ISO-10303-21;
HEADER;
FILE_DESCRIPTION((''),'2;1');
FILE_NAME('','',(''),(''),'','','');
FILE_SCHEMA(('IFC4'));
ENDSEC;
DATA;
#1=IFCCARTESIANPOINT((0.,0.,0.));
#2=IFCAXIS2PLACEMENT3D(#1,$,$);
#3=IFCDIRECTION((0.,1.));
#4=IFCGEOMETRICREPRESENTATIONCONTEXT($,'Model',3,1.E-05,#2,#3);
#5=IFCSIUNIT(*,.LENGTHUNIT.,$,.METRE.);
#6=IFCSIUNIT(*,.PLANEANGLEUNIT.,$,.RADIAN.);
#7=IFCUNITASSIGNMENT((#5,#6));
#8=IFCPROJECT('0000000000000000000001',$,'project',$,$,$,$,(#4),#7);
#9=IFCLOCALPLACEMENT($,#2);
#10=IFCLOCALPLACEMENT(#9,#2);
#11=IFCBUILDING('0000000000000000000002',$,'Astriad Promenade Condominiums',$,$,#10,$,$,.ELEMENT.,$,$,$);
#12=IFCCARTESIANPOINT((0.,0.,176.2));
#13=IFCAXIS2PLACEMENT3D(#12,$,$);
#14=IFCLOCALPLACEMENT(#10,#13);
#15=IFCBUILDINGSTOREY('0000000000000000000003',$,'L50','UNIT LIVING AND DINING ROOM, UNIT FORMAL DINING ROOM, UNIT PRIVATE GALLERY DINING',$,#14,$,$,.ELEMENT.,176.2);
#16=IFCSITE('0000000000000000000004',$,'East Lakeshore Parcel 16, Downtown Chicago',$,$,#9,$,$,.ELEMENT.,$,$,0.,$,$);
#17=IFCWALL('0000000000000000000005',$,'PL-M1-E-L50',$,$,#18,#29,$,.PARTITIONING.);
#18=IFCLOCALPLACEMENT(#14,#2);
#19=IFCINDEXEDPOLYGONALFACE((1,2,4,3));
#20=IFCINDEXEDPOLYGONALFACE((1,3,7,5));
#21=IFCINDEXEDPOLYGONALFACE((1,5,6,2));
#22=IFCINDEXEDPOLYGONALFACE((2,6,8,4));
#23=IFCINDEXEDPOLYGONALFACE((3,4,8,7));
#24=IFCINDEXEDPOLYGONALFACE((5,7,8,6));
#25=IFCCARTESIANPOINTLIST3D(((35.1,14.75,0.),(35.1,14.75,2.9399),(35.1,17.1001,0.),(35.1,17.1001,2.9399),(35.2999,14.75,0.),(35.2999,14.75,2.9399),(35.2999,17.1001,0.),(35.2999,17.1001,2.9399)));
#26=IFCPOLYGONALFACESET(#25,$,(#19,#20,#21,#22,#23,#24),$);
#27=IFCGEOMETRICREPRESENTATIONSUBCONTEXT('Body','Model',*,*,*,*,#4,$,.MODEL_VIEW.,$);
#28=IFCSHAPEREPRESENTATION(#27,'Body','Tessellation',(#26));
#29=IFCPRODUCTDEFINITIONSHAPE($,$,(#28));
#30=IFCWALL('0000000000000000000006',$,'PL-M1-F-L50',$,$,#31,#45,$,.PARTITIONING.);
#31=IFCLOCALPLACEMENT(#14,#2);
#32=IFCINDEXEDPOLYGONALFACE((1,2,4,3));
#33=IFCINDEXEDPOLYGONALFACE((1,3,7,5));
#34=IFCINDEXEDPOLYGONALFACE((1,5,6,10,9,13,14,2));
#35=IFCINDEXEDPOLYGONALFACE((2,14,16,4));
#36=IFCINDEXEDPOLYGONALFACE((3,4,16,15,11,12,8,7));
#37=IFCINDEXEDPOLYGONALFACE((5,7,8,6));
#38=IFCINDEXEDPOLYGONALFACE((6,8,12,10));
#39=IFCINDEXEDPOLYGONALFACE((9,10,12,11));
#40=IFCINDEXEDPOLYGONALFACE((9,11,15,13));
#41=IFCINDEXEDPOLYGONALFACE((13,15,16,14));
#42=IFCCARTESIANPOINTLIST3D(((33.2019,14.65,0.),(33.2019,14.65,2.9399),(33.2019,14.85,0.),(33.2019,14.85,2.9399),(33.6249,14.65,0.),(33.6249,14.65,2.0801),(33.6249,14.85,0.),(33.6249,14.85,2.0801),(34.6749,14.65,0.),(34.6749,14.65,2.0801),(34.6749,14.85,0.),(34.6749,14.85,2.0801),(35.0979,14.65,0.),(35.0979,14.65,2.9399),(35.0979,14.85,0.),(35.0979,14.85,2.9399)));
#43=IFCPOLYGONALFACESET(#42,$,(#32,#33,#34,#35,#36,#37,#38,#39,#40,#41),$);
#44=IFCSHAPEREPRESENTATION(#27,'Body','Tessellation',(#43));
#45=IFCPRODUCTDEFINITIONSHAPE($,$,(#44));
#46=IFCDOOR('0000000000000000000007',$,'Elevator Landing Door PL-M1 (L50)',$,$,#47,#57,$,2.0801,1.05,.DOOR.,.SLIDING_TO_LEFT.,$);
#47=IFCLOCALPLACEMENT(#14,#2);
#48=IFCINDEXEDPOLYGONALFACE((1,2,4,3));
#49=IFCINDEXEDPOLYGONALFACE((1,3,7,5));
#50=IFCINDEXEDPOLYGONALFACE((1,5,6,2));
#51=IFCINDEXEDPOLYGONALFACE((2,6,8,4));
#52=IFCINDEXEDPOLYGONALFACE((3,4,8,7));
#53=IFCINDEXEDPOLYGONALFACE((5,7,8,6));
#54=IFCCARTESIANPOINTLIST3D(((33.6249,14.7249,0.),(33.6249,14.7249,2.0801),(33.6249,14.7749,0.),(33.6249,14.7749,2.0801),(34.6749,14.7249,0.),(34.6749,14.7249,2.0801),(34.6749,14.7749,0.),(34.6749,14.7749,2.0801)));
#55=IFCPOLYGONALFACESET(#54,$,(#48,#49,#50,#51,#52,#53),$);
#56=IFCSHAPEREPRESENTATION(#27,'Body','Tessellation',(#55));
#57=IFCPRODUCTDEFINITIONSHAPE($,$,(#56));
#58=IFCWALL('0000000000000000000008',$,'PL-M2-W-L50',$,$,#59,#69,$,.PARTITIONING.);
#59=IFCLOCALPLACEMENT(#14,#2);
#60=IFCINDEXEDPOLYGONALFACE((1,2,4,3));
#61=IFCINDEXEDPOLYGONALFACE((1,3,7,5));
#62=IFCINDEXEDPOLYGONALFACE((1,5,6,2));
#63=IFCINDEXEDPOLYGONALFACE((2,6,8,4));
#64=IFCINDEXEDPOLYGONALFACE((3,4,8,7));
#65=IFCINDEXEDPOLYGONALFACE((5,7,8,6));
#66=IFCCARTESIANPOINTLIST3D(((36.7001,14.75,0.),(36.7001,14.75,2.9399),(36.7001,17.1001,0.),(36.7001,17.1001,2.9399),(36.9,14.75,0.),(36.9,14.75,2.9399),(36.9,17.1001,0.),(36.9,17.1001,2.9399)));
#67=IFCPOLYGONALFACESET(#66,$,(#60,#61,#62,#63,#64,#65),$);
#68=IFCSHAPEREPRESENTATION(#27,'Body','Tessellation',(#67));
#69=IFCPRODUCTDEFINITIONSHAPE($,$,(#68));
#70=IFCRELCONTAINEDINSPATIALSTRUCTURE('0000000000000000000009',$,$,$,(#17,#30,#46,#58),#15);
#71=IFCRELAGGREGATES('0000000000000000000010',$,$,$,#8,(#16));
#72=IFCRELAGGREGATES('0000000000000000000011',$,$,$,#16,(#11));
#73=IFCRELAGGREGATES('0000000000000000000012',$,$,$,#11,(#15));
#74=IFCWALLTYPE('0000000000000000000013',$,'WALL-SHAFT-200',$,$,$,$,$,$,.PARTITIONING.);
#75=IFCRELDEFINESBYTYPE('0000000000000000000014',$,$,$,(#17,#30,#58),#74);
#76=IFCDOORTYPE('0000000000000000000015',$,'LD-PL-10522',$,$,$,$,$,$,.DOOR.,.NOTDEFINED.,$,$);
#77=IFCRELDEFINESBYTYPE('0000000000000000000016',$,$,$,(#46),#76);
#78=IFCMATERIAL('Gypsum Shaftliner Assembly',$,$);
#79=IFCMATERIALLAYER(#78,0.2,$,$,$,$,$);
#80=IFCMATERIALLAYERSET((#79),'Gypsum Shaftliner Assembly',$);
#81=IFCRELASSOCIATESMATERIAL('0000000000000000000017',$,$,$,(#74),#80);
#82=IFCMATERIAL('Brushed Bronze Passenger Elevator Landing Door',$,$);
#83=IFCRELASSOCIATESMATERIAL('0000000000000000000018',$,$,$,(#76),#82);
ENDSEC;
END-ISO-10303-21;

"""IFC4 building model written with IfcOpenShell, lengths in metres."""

from ifc_helpers import new_model, si_unit, direction, frame, frame_2d, origin, place, context, subcontext, project, spatial, rectangle, extrude, source, transform, mapped, material, layer, layer_set, type_object, type_shapes, element, fill, save


model = new_model("IFC4")

# Units and contexts
model_context = context("Model", 3, precision=1e-05, world=origin(), true_north=direction((0.0, 1.0)))
body_context = subcontext(model_context, "Body", "Model", "MODEL_VIEW")
ifc_project = project(units=[si_unit("LENGTHUNIT", "METRE"), si_unit("PLANEANGLEUNIT", "RADIAN")], contexts=[model_context])

# Site, building, storey
site_placement = place(None, origin())
site = spatial("IfcSite", under=ifc_project, at=site_placement, Name="East Lakeshore Parcel 16, Downtown Chicago", CompositionType="ELEMENT", RefElevation=0.0)
building_placement = place(site_placement, origin())
building = spatial("IfcBuilding", under=site, at=building_placement, Name="Astriad Promenade Condominiums", CompositionType="ELEMENT")
storey_placement = place(building_placement, frame((0.0, 0.0, 176.2)))
storey = spatial("IfcBuildingStorey", under=building, at=storey_placement, Name="L50", Description="UNIT LIVING AND DINING ROOM, UNIT FORMAL DINING ROOM, UNIT PRIVATE GALLERY DINING", CompositionType="ELEMENT", Elevation=176.2)

# Wall
ifc_material_1 = material(Name="Gypsum Shaftliner Assembly")
ifc_layer_1 = layer(ifc_material_1, 0.2)
ifc_layer_set_1 = layer_set([ifc_layer_1], Name="Gypsum Shaftliner Assembly")
wall_type_1 = type_object("IfcWallType", Name="WALL-SHAFT-200", PredefinedType="PARTITIONING", material=ifc_layer_set_1)
for number, where, z_axis, x_axis, name in (
    (1, (35.2, 14.75, 0.0), (0.0, 0.0, 1.0), (0.0, 1.0, 0.0), "PL-M1-E-L50"),
):
    element("IfcWall", number, at=place(storey_placement, frame(where, z_axis=z_axis, x_axis=x_axis)), inside=storey, type_object=wall_type_1, Name=name, PredefinedType="PARTITIONING", context=body_context, shape_type="SweptSolid", body=[
        extrude(rectangle(XDim=2.3501, YDim=0.2, at=frame_2d((1.175, 0.0))), origin(), (0.0, 0.0, 1.0), 2.9399),
    ])

# Wall, opening, door
wall_1_placement = place(storey_placement, frame((33.2019, 14.75, 0.0), z_axis=(0.0, 0.0, 1.0), x_axis=(1.0, 0.0, 0.0)))
wall_1 = element("IfcWall", 2, at=wall_1_placement, inside=storey, type_object=wall_type_1, Name="PL-M1-F-L50", PredefinedType="PARTITIONING", context=body_context, shape_type="SweptSolid", body=[
    extrude(rectangle(XDim=1.896, YDim=0.2, at=frame_2d((0.948, 0.0))), origin(), (0.0, 0.0, 1.0), 2.9399),
])
opening_1_placement = place(wall_1_placement, frame((0.4231, 0.0, 0.0)))
opening_1 = element("IfcOpeningElement", 3, at=opening_1_placement, cuts=wall_1, PredefinedType="OPENING", context=body_context, shape_type="SweptSolid", body=[
    extrude(rectangle(XDim=1.05, YDim=2.0801, at=frame_2d((0.5249, 1.04))), frame((0.0, 0.1099, 0.0), z_axis=(0.0, -1.0, 0.0), x_axis=(1.0, 0.0, 0.0)), (0.0, 0.0, 1.0), 0.22),
])
ifc_material_2 = material(Name="Brushed Bronze Passenger Elevator Landing Door")
door_type_1 = type_object("IfcDoorType", Name="LD-PL-10522", OperationType="NOTDEFINED", PredefinedType="DOOR", material=ifc_material_2)
shared_shape_1 = source(origin(), body_context, "Body", "SweptSolid", [
    extrude(rectangle(XDim=1.05, YDim=2.0801, at=frame_2d((0.5249, 1.04))), frame((0.0, 0.0249, 0.0), z_axis=(0.0, -1.0, 0.0), x_axis=(1.0, 0.0, 0.0)), (0.0, 0.0, 1.0), 0.05),
])
type_shapes(door_type_1, [shared_shape_1])
door_1_placement = place(opening_1_placement, origin())
door_1 = element("IfcDoor", 4, at=door_1_placement, inside=storey, type_object=door_type_1, Name="Elevator Landing Door PL-M1 (L50)", OperationType="SLIDING_TO_LEFT", OverallHeight=2.0801, OverallWidth=1.05, PredefinedType="DOOR", context=body_context, shape_type="MappedRepresentation", body=[
    mapped(shared_shape_1, transform((0.0, 0.0, 0.0), scale=1.0)),
])
fill(opening_1, door_1)

# Wall
wall_2_placement = place(storey_placement, frame((36.8, 14.75, 0.0), z_axis=(0.0, 0.0, 1.0), x_axis=(0.0, 1.0, 0.0)))
element("IfcWall", 5, at=wall_2_placement, inside=storey, type_object=wall_type_1, Name="PL-M2-W-L50", PredefinedType="PARTITIONING", context=body_context, shape_type="SweptSolid", body=[
    extrude(rectangle(XDim=2.3501, YDim=0.2, at=frame_2d((1.175, 0.0))), origin(), (0.0, 0.0, 1.0), 2.9399),
])

save(model, "model.ifc")
